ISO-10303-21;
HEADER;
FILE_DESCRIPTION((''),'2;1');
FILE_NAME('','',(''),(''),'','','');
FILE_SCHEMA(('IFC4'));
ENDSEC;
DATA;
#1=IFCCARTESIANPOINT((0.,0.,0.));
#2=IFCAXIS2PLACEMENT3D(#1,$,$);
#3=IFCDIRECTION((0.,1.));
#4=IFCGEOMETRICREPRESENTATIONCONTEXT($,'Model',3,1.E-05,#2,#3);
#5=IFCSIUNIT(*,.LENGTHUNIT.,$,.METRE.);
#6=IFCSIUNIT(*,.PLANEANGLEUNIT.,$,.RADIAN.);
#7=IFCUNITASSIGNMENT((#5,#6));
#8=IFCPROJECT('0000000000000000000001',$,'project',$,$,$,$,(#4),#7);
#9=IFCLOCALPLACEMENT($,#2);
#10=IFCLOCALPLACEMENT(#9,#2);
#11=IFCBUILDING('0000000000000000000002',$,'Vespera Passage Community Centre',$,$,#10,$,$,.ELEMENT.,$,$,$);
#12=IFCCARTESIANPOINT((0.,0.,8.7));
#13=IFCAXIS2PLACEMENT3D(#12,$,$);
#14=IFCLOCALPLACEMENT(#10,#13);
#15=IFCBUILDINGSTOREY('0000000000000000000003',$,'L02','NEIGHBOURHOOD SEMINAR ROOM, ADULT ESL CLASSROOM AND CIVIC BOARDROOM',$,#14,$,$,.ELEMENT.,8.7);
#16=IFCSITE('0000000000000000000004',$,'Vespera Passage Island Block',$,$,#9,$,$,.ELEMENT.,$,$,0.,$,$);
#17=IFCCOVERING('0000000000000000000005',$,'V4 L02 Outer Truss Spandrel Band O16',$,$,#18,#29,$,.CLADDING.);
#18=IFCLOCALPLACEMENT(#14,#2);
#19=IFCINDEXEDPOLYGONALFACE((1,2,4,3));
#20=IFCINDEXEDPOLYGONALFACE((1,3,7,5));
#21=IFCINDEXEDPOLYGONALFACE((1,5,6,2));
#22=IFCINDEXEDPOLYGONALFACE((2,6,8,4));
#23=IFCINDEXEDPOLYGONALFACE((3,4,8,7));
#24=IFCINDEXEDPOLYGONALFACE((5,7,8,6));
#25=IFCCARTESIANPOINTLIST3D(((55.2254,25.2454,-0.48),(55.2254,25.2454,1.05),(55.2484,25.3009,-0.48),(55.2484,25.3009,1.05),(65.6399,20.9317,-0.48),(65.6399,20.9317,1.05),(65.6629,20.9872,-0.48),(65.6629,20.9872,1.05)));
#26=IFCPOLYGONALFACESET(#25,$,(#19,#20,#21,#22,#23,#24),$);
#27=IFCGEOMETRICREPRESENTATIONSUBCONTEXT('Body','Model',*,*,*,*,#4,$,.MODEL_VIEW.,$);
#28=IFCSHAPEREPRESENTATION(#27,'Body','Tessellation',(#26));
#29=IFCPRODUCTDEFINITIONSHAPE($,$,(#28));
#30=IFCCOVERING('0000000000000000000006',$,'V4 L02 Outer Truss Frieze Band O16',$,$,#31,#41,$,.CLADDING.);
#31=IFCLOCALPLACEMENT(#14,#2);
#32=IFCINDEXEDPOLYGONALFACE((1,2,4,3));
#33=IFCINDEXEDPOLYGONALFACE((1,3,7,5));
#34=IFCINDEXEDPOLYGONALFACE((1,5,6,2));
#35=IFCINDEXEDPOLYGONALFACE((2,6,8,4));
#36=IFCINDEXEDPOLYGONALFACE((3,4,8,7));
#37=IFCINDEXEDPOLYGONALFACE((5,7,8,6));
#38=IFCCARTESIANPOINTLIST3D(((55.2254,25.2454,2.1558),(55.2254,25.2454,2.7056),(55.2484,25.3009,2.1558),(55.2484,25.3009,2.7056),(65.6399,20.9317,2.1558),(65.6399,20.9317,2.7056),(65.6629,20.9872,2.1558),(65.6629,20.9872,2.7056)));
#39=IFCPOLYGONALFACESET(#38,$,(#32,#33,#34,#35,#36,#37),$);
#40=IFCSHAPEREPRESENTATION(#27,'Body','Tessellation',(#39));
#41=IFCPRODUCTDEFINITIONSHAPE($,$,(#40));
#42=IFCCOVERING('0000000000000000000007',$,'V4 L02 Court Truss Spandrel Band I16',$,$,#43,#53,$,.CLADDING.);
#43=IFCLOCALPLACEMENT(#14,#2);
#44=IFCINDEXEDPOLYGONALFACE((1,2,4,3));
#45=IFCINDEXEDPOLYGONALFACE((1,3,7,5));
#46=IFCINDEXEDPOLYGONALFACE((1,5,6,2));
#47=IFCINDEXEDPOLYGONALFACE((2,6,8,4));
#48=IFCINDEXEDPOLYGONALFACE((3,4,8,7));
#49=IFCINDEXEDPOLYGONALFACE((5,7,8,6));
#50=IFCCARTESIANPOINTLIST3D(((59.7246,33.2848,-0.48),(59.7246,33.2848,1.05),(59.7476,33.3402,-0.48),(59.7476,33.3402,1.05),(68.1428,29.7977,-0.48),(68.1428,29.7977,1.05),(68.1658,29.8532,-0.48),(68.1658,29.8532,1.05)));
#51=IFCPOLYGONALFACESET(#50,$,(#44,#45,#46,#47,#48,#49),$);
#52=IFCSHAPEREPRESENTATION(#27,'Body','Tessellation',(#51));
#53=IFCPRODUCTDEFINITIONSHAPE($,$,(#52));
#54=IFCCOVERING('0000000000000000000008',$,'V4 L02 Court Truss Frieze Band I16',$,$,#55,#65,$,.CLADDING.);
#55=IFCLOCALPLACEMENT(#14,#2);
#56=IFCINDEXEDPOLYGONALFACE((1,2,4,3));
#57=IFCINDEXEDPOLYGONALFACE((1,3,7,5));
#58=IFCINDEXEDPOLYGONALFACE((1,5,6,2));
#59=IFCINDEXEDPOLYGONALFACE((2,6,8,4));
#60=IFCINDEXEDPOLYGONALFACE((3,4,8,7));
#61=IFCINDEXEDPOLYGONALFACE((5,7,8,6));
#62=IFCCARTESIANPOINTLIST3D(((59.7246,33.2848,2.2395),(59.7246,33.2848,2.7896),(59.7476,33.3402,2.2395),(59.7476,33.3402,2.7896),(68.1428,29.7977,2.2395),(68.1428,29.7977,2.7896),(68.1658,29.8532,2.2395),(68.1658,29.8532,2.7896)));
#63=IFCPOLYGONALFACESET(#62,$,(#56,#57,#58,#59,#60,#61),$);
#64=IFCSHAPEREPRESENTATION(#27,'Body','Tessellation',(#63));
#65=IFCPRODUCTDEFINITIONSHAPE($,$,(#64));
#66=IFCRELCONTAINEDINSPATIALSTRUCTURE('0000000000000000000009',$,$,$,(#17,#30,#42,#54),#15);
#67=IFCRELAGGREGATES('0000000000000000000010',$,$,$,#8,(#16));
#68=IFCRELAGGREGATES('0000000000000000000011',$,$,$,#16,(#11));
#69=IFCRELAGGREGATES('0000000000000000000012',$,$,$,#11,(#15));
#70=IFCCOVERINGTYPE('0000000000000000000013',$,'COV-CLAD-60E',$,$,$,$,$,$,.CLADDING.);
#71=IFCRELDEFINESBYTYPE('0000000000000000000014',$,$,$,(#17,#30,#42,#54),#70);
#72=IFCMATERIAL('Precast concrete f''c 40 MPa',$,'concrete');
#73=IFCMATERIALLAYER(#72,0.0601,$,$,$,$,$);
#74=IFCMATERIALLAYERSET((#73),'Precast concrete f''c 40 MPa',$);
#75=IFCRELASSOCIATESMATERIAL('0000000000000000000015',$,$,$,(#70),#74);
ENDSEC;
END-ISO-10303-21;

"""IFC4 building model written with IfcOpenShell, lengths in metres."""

from ifc_helpers import new_model, si_unit, direction, frame, frame_2d, origin, place, context, subcontext, project, spatial, rectangle, extrude, material, layer, layer_set, type_object, element, save


model = new_model("IFC4")

# Units and contexts
model_context = context("Model", 3, precision=1e-05, world=origin(), true_north=direction((0.0, 1.0)))
body_context = subcontext(model_context, "Body", "Model", "MODEL_VIEW")
ifc_project = project(units=[si_unit("LENGTHUNIT", "METRE"), si_unit("PLANEANGLEUNIT", "RADIAN")], contexts=[model_context])

# Site, building, storey
site_placement = place(None, origin())
site = spatial("IfcSite", under=ifc_project, at=site_placement, Name="Vespera Passage Island Block", CompositionType="ELEMENT", RefElevation=0.0)
building_placement = place(site_placement, origin())
building = spatial("IfcBuilding", under=site, at=building_placement, Name="Vespera Passage Community Centre", CompositionType="ELEMENT")
storey_placement = place(building_placement, frame((0.0, 0.0, 8.7)))
storey = spatial("IfcBuildingStorey", under=building, at=storey_placement, Name="L02", Description="NEIGHBOURHOOD SEMINAR ROOM, ADULT ESL CLASSROOM AND CIVIC BOARDROOM", CompositionType="ELEMENT", Elevation=8.7)

# Coverings
ifc_material_1 = material(Name="Precast concrete f'c 40 MPa", Category="concrete")
ifc_layer_1 = layer(ifc_material_1, 0.0601)
ifc_layer_set_1 = layer_set([ifc_layer_1], Name="Precast concrete f'c 40 MPa")
covering_type = type_object("IfcCoveringType", Name="COV-CLAD-60E", PredefinedType="CLADDING", material=ifc_layer_set_1)
covering_1_placement = place(storey_placement, frame((65.6514, 20.9595, -0.48), z_axis=(0.0, 0.0, 1.0), x_axis=(-0.923884, 0.382674, 0.0)))
element("IfcCovering", 1, at=covering_1_placement, inside=storey, type_object=covering_type, Name="V4 L02 Outer Truss Spandrel Band O16", PredefinedType="CLADDING", context=body_context, shape_type="SweptSolid", body=[
    extrude(rectangle(XDim=11.2725, YDim=0.0601, at=frame_2d((5.6362, 0.0))), origin(), (0.0, 0.0, 1.0), 1.53),
])
covering_2_placement = place(storey_placement, frame((65.6514, 20.9595, 2.1558), z_axis=(0.0, 0.0, 1.0), x_axis=(-0.923884, 0.382674, 0.0)))
element("IfcCovering", 2, at=covering_2_placement, inside=storey, type_object=covering_type, Name="V4 L02 Outer Truss Frieze Band O16", PredefinedType="CLADDING", context=body_context, shape_type="SweptSolid", body=[
    extrude(rectangle(XDim=11.2725, YDim=0.0601, at=frame_2d((5.6362, 0.0))), origin(), (0.0, 0.0, 1.0), 0.5498),
])
covering_3_placement = place(storey_placement, frame((59.7361, 33.3125, -0.48), z_axis=(0.0, 0.0, 1.0), x_axis=(0.923875, -0.382695, 0.0)))
element("IfcCovering", 3, at=covering_3_placement, inside=storey, type_object=covering_type, Name="V4 L02 Court Truss Spandrel Band I16", PredefinedType="CLADDING", context=body_context, shape_type="SweptSolid", body=[
    extrude(rectangle(XDim=9.1118, YDim=0.0601, at=frame_2d((4.5559, 0.0))), origin(), (0.0, 0.0, 1.0), 1.53),
])
covering_4_placement = place(storey_placement, frame((59.7361, 33.3125, 2.2395), z_axis=(0.0, 0.0, 1.0), x_axis=(0.923875, -0.382695, 0.0)))
element("IfcCovering", 4, at=covering_4_placement, inside=storey, type_object=covering_type, Name="V4 L02 Court Truss Frieze Band I16", PredefinedType="CLADDING", context=body_context, shape_type="SweptSolid", body=[
    extrude(rectangle(XDim=9.1118, YDim=0.0601, at=frame_2d((4.5559, 0.0))), origin(), (0.0, 0.0, 1.0), 0.55),
])

save(model, "model.ifc")
